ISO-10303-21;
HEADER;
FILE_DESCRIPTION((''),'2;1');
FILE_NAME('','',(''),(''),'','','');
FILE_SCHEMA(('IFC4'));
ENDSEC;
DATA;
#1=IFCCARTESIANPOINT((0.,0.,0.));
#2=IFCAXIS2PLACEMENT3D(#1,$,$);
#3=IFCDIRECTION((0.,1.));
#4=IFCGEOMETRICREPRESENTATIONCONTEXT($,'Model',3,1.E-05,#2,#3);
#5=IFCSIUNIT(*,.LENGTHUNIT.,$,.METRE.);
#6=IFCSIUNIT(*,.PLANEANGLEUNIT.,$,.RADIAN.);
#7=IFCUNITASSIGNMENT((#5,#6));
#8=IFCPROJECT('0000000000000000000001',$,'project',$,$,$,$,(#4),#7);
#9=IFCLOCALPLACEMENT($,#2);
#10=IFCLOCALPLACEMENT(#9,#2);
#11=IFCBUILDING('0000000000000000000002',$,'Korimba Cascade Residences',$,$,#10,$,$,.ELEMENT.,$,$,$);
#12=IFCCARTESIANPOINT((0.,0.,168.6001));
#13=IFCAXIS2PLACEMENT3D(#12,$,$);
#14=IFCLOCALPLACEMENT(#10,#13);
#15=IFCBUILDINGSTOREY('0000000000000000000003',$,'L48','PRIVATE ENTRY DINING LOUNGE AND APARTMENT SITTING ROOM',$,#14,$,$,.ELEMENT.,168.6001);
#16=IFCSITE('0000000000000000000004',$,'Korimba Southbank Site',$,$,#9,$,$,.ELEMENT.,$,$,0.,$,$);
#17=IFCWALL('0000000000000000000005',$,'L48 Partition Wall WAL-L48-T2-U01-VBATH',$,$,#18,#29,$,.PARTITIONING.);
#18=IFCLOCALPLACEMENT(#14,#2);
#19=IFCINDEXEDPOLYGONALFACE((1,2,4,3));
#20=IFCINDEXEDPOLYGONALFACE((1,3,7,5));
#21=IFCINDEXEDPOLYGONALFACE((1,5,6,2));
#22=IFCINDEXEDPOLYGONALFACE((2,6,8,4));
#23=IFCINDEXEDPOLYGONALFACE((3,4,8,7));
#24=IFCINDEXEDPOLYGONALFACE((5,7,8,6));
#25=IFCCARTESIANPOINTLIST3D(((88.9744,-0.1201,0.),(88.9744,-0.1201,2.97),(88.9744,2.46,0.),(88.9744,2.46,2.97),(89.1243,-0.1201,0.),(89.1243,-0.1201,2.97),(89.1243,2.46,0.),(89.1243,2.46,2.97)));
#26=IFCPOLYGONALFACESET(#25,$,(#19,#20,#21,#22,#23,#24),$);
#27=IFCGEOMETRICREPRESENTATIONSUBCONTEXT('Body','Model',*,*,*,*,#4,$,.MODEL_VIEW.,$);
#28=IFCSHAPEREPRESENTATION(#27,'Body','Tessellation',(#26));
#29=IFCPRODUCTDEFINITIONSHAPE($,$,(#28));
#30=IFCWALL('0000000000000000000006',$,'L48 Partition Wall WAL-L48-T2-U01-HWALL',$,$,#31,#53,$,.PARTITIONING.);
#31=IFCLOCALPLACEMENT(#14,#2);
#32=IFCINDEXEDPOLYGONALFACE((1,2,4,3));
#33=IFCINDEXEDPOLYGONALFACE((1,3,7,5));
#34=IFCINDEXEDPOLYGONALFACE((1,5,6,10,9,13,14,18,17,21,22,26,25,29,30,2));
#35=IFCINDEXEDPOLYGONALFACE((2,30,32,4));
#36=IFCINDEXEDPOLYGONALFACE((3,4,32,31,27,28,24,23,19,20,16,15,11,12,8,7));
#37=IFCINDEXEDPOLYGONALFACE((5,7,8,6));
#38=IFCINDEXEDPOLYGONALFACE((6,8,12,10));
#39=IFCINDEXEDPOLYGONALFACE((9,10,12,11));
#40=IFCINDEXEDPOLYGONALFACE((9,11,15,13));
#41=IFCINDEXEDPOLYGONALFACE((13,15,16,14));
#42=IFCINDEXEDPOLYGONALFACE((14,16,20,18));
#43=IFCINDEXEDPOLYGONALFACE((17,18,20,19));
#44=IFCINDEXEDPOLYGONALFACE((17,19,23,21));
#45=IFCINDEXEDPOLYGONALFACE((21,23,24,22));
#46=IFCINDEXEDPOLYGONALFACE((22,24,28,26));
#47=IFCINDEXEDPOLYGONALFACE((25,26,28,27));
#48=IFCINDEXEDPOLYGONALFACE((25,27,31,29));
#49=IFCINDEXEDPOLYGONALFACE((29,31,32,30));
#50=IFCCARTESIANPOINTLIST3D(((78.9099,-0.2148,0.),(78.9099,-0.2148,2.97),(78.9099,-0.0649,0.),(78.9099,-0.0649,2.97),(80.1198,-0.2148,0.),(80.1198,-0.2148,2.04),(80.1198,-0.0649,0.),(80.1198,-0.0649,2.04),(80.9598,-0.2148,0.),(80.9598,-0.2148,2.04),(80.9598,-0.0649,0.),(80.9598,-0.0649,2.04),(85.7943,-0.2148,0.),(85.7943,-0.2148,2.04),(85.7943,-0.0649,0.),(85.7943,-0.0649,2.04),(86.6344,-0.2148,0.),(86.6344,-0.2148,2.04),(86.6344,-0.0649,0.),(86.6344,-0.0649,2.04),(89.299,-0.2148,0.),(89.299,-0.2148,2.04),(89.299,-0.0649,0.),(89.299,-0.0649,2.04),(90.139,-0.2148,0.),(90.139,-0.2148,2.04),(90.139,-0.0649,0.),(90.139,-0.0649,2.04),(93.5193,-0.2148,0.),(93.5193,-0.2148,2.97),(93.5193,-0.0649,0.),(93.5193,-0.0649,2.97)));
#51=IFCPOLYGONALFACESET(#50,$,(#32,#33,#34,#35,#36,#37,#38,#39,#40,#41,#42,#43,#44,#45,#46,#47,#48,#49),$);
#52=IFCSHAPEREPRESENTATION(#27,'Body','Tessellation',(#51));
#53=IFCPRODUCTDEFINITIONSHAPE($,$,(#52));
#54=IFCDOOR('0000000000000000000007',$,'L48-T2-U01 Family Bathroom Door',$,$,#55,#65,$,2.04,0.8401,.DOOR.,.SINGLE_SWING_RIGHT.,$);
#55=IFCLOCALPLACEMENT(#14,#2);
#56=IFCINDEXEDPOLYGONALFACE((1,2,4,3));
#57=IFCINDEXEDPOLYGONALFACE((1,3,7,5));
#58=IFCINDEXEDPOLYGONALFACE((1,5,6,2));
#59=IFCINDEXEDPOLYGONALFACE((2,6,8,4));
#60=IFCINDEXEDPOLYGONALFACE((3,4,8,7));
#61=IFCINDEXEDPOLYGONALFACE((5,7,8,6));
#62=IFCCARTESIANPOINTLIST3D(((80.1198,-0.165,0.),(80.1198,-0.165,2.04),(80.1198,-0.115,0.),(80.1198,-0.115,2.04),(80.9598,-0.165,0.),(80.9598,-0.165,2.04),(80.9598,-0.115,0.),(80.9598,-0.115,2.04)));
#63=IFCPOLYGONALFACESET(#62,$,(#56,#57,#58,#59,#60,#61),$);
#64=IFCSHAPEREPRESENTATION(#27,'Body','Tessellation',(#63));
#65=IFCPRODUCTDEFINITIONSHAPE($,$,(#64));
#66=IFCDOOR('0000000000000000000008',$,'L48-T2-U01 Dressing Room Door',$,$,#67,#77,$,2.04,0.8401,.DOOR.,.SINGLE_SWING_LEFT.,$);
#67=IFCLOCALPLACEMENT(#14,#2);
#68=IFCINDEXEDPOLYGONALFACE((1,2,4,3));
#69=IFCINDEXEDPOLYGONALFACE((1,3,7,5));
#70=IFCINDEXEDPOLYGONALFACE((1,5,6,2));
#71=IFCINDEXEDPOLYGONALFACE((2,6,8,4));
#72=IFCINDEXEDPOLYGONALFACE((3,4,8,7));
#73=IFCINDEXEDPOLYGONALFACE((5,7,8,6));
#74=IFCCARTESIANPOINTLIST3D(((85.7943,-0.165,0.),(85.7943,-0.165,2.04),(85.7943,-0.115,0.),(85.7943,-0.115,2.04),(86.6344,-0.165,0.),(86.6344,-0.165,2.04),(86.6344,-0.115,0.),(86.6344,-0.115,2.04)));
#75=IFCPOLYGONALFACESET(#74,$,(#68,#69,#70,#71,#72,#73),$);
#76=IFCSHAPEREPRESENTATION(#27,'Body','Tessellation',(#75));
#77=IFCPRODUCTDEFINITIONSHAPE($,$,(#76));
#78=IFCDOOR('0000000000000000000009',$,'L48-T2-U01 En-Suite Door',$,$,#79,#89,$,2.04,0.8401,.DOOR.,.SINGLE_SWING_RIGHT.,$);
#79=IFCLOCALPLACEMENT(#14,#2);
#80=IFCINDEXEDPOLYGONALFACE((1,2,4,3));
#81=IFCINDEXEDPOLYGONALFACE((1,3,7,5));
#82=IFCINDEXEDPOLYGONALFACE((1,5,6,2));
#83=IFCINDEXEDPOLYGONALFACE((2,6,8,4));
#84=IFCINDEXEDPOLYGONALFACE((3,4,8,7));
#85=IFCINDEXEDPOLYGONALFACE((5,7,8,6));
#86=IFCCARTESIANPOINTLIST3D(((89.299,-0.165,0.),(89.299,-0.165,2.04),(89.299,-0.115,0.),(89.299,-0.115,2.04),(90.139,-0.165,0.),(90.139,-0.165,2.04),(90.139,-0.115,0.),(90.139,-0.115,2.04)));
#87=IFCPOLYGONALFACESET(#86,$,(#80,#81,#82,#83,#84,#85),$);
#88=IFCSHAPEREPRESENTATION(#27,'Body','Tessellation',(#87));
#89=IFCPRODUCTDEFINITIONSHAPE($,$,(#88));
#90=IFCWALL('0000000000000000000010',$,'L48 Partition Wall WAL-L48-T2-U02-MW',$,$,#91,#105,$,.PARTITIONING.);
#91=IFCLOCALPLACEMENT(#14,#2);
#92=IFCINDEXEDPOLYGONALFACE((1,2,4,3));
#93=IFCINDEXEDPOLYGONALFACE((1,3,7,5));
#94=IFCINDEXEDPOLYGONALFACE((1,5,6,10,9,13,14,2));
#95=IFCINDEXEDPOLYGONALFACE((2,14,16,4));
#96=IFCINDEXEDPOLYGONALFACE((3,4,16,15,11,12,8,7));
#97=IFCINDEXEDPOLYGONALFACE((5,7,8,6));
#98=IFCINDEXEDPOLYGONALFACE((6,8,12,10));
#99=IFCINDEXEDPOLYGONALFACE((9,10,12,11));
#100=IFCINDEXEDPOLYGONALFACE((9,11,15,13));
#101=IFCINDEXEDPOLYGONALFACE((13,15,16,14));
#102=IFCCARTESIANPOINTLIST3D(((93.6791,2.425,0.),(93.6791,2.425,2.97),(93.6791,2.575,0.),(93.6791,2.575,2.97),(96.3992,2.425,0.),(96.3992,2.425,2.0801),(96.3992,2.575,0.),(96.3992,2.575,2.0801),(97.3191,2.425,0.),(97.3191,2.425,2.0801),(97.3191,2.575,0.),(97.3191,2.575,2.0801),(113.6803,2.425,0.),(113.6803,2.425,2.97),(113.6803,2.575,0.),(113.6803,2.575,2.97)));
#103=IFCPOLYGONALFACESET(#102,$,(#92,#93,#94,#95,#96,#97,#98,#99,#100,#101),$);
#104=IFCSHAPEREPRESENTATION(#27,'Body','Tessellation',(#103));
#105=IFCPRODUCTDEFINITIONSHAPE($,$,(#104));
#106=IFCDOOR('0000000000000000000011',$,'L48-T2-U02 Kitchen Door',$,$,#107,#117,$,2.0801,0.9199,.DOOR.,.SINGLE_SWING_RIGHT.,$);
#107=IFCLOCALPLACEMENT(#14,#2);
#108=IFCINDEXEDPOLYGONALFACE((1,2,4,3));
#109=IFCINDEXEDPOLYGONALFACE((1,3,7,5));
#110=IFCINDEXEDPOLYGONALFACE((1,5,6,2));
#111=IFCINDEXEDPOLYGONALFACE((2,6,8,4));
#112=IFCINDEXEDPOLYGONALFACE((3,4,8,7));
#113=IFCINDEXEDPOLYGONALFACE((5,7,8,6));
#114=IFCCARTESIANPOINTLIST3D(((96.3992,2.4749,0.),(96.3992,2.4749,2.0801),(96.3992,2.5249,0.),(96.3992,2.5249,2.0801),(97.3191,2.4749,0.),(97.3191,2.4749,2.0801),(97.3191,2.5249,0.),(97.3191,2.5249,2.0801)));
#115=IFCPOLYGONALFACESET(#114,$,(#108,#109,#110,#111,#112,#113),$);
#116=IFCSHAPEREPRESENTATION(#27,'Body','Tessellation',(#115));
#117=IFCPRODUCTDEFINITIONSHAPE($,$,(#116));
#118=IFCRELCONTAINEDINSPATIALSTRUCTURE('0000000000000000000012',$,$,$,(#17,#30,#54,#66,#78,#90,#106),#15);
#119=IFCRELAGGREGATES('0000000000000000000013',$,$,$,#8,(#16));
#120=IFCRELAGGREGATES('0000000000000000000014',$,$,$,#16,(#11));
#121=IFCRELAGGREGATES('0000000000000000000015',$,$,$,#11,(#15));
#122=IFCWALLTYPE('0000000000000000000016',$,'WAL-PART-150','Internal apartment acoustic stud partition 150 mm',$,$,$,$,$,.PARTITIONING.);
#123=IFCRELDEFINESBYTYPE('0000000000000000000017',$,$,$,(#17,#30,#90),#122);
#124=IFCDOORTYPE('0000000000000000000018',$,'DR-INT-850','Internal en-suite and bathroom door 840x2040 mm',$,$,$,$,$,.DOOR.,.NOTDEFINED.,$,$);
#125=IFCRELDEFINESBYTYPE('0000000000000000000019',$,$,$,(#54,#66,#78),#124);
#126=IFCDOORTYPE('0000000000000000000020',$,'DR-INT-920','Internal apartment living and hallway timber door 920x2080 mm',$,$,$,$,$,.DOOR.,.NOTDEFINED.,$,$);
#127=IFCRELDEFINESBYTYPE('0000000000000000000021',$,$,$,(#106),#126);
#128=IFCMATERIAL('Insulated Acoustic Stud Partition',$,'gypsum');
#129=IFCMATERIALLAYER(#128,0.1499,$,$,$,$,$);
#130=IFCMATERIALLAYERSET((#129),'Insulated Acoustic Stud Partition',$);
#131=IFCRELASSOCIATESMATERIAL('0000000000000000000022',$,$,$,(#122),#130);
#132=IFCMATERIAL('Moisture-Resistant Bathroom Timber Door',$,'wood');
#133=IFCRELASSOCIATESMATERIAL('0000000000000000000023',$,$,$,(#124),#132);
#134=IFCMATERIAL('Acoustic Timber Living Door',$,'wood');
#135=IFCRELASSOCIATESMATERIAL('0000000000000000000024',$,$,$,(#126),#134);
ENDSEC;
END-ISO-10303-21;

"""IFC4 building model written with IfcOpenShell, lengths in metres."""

from ifc_helpers import new_model, si_unit, direction, frame, frame_2d, origin, place, context, subcontext, project, spatial, rectangle, extrude, material, layer, layer_set, type_object, element, fill, save


model = new_model("IFC4")

# Units and contexts
model_context = context("Model", 3, precision=1e-05, world=origin(), true_north=direction((0.0, 1.0)))
body_context = subcontext(model_context, "Body", "Model", "MODEL_VIEW")
ifc_project = project(units=[si_unit("LENGTHUNIT", "METRE"), si_unit("PLANEANGLEUNIT", "RADIAN")], contexts=[model_context])

# Site, building, storey
site_placement = place(None, origin())
site = spatial("IfcSite", under=ifc_project, at=site_placement, Name="Korimba Southbank Site", CompositionType="ELEMENT", RefElevation=0.0)
building_placement = place(site_placement, origin())
building = spatial("IfcBuilding", under=site, at=building_placement, Name="Korimba Cascade Residences", CompositionType="ELEMENT")
storey_placement = place(building_placement, frame((0.0, 0.0, 168.6001)))
storey = spatial("IfcBuildingStorey", under=building, at=storey_placement, Name="L48", Description="PRIVATE ENTRY DINING LOUNGE AND APARTMENT SITTING ROOM", CompositionType="ELEMENT", Elevation=168.6001)

# Shared definitions
ifc_material_1 = material(Name="Insulated Acoustic Stud Partition", Category="gypsum")
ifc_layer = layer(ifc_material_1, 0.1499)
ifc_layer_set = layer_set([ifc_layer], Name="Insulated Acoustic Stud Partition")
wall_type = type_object("IfcWallType", Name="WAL-PART-150", Description="Internal apartment acoustic stud partition 150 mm", PredefinedType="PARTITIONING", material=ifc_layer_set)
ifc_material_2 = material(Name="Moisture-Resistant Bathroom Timber Door", Category="wood")
door_type_1 = type_object("IfcDoorType", Name="DR-INT-850", Description="Internal en-suite and bathroom door 840x2040 mm", OperationType="NOTDEFINED", PredefinedType="DOOR", material=ifc_material_2)

# Wall
for number, where, z_axis, x_axis, name in (
    (1, (89.0493, -0.1201, 0.0), (0.0, 0.0, 1.0), (0.0, 1.0, 0.0), "L48 Partition Wall WAL-L48-T2-U01-VBATH"),
):
    element("IfcWall", number, at=place(storey_placement, frame(where, z_axis=z_axis, x_axis=x_axis)), inside=storey, type_object=wall_type, Name=name, PredefinedType="PARTITIONING", context=body_context, shape_type="SweptSolid", body=[
        extrude(rectangle(XDim=2.5801, YDim=0.1499, at=frame_2d((1.29, 0.0))), origin(), (0.0, 0.0, 1.0), 2.97),
    ])

# Wall, openings, doors
wall_1_placement = place(storey_placement, frame((78.9099, -0.1399, 0.0), z_axis=(0.0, 0.0, 1.0), x_axis=(1.0, 0.0, 0.0)))
wall_1 = element("IfcWall", 2, at=wall_1_placement, inside=storey, type_object=wall_type, Name="L48 Partition Wall WAL-L48-T2-U01-HWALL", PredefinedType="PARTITIONING", context=body_context, shape_type="SweptSolid", body=[
    extrude(rectangle(XDim=14.6094, YDim=0.1499, at=frame_2d((7.3047, 0.0))), origin(), (0.0, 0.0, 1.0), 2.97),
])
opening_1_placement = place(wall_1_placement, frame((1.21, 0.0, 0.0)))
opening_1 = element("IfcOpeningElement", 3, at=opening_1_placement, cuts=wall_1, PredefinedType="OPENING", context=body_context, shape_type="SweptSolid", body=[
    extrude(rectangle(XDim=0.8401, YDim=2.04, at=frame_2d((0.4199, 1.02))), frame((0.0, 0.085, 0.0), z_axis=(0.0, -1.0, 0.0), x_axis=(1.0, 0.0, 0.0)), (0.0, 0.0, 1.0), 0.1699),
])
opening_2_placement = place(wall_1_placement, frame((6.8845, 0.0, 0.0)))
opening_2 = element("IfcOpeningElement", 4, at=opening_2_placement, cuts=wall_1, PredefinedType="OPENING", context=body_context, shape_type="SweptSolid", body=[
    extrude(rectangle(XDim=0.8401, YDim=2.04, at=frame_2d((0.4199, 1.02))), frame((0.0, 0.085, 0.0), z_axis=(0.0, -1.0, 0.0), x_axis=(1.0, 0.0, 0.0)), (0.0, 0.0, 1.0), 0.1699),
])
opening_3_placement = place(wall_1_placement, frame((10.3892, 0.0, 0.0)))
opening_3 = element("IfcOpeningElement", 5, at=opening_3_placement, cuts=wall_1, PredefinedType="OPENING", context=body_context, shape_type="SweptSolid", body=[
    extrude(rectangle(XDim=0.8401, YDim=2.04, at=frame_2d((0.4199, 1.02))), frame((0.0, 0.085, 0.0), z_axis=(0.0, -1.0, 0.0), x_axis=(1.0, 0.0, 0.0)), (0.0, 0.0, 1.0), 0.1699),
])
door_1_placement = place(opening_1_placement, origin())
door_1 = element("IfcDoor", 6, at=door_1_placement, inside=storey, type_object=door_type_1, Name="L48-T2-U01 Family Bathroom Door", OperationType="SINGLE_SWING_RIGHT", OverallHeight=2.04, OverallWidth=0.8401, PredefinedType="DOOR", context=body_context, shape_type="SweptSolid", body=[
    extrude(rectangle(XDim=0.8401, YDim=2.04, at=frame_2d((0.4199, 1.02))), frame((0.0, 0.0249, 0.0), z_axis=(0.0, -1.0, 0.0), x_axis=(1.0, 0.0, 0.0)), (0.0, 0.0, 1.0), 0.05),
])
fill(opening_1, door_1)
door_2_placement = place(opening_2_placement, origin())
door_2 = element("IfcDoor", 7, at=door_2_placement, inside=storey, type_object=door_type_1, Name="L48-T2-U01 Dressing Room Door", OperationType="SINGLE_SWING_LEFT", OverallHeight=2.04, OverallWidth=0.8401, PredefinedType="DOOR", context=body_context, shape_type="SweptSolid", body=[
    extrude(rectangle(XDim=0.8401, YDim=2.04, at=frame_2d((0.4199, 1.02))), frame((0.0, 0.0249, 0.0), z_axis=(0.0, -1.0, 0.0), x_axis=(1.0, 0.0, 0.0)), (0.0, 0.0, 1.0), 0.05),
])
fill(opening_2, door_2)
door_3_placement = place(opening_3_placement, origin())
door_3 = element("IfcDoor", 8, at=door_3_placement, inside=storey, type_object=door_type_1, Name="L48-T2-U01 En-Suite Door", OperationType="SINGLE_SWING_RIGHT", OverallHeight=2.04, OverallWidth=0.8401, PredefinedType="DOOR", context=body_context, shape_type="SweptSolid", body=[
    extrude(rectangle(XDim=0.8401, YDim=2.04, at=frame_2d((0.4199, 1.02))), frame((0.0, 0.0249, 0.0), z_axis=(0.0, -1.0, 0.0), x_axis=(1.0, 0.0, 0.0)), (0.0, 0.0, 1.0), 0.05),
])
fill(opening_3, door_3)

# Wall, opening, door
wall_2_placement = place(storey_placement, frame((93.6792, 2.5, 0.0), z_axis=(0.0, 0.0, 1.0), x_axis=(1.0, 0.0, 0.0)))
wall_2 = element("IfcWall", 9, at=wall_2_placement, inside=storey, type_object=wall_type, Name="L48 Partition Wall WAL-L48-T2-U02-MW", PredefinedType="PARTITIONING", context=body_context, shape_type="SweptSolid", body=[
    extrude(rectangle(XDim=20.0012, YDim=0.1499, at=frame_2d((10.0005, 0.0))), origin(), (0.0, 0.0, 1.0), 2.97),
])
opening_4_placement = place(wall_2_placement, frame((2.72, 0.0, 0.0)))
opening_4 = element("IfcOpeningElement", 10, at=opening_4_placement, cuts=wall_2, PredefinedType="OPENING", context=body_context, shape_type="SweptSolid", body=[
    extrude(rectangle(XDim=0.9199, YDim=2.0801, at=frame_2d((0.46, 1.04))), frame((0.0, 0.085, 0.0), z_axis=(0.0, -1.0, 0.0), x_axis=(1.0, 0.0, 0.0)), (0.0, 0.0, 1.0), 0.1699),
])
ifc_material_3 = material(Name="Acoustic Timber Living Door", Category="wood")
door_type_2 = type_object("IfcDoorType", Name="DR-INT-920", Description="Internal apartment living and hallway timber door 920x2080 mm", OperationType="NOTDEFINED", PredefinedType="DOOR", material=ifc_material_3)
door_4_placement = place(opening_4_placement, origin())
door_4 = element("IfcDoor", 11, at=door_4_placement, inside=storey, type_object=door_type_2, Name="L48-T2-U02 Kitchen Door", OperationType="SINGLE_SWING_RIGHT", OverallHeight=2.0801, OverallWidth=0.9199, PredefinedType="DOOR", context=body_context, shape_type="SweptSolid", body=[
    extrude(rectangle(XDim=0.9199, YDim=2.0801, at=frame_2d((0.46, 1.04))), frame((0.0, 0.0249, 0.0), z_axis=(0.0, -1.0, 0.0), x_axis=(1.0, 0.0, 0.0)), (0.0, 0.0, 1.0), 0.05),
])
fill(opening_4, door_4)

save(model, "model.ifc")
